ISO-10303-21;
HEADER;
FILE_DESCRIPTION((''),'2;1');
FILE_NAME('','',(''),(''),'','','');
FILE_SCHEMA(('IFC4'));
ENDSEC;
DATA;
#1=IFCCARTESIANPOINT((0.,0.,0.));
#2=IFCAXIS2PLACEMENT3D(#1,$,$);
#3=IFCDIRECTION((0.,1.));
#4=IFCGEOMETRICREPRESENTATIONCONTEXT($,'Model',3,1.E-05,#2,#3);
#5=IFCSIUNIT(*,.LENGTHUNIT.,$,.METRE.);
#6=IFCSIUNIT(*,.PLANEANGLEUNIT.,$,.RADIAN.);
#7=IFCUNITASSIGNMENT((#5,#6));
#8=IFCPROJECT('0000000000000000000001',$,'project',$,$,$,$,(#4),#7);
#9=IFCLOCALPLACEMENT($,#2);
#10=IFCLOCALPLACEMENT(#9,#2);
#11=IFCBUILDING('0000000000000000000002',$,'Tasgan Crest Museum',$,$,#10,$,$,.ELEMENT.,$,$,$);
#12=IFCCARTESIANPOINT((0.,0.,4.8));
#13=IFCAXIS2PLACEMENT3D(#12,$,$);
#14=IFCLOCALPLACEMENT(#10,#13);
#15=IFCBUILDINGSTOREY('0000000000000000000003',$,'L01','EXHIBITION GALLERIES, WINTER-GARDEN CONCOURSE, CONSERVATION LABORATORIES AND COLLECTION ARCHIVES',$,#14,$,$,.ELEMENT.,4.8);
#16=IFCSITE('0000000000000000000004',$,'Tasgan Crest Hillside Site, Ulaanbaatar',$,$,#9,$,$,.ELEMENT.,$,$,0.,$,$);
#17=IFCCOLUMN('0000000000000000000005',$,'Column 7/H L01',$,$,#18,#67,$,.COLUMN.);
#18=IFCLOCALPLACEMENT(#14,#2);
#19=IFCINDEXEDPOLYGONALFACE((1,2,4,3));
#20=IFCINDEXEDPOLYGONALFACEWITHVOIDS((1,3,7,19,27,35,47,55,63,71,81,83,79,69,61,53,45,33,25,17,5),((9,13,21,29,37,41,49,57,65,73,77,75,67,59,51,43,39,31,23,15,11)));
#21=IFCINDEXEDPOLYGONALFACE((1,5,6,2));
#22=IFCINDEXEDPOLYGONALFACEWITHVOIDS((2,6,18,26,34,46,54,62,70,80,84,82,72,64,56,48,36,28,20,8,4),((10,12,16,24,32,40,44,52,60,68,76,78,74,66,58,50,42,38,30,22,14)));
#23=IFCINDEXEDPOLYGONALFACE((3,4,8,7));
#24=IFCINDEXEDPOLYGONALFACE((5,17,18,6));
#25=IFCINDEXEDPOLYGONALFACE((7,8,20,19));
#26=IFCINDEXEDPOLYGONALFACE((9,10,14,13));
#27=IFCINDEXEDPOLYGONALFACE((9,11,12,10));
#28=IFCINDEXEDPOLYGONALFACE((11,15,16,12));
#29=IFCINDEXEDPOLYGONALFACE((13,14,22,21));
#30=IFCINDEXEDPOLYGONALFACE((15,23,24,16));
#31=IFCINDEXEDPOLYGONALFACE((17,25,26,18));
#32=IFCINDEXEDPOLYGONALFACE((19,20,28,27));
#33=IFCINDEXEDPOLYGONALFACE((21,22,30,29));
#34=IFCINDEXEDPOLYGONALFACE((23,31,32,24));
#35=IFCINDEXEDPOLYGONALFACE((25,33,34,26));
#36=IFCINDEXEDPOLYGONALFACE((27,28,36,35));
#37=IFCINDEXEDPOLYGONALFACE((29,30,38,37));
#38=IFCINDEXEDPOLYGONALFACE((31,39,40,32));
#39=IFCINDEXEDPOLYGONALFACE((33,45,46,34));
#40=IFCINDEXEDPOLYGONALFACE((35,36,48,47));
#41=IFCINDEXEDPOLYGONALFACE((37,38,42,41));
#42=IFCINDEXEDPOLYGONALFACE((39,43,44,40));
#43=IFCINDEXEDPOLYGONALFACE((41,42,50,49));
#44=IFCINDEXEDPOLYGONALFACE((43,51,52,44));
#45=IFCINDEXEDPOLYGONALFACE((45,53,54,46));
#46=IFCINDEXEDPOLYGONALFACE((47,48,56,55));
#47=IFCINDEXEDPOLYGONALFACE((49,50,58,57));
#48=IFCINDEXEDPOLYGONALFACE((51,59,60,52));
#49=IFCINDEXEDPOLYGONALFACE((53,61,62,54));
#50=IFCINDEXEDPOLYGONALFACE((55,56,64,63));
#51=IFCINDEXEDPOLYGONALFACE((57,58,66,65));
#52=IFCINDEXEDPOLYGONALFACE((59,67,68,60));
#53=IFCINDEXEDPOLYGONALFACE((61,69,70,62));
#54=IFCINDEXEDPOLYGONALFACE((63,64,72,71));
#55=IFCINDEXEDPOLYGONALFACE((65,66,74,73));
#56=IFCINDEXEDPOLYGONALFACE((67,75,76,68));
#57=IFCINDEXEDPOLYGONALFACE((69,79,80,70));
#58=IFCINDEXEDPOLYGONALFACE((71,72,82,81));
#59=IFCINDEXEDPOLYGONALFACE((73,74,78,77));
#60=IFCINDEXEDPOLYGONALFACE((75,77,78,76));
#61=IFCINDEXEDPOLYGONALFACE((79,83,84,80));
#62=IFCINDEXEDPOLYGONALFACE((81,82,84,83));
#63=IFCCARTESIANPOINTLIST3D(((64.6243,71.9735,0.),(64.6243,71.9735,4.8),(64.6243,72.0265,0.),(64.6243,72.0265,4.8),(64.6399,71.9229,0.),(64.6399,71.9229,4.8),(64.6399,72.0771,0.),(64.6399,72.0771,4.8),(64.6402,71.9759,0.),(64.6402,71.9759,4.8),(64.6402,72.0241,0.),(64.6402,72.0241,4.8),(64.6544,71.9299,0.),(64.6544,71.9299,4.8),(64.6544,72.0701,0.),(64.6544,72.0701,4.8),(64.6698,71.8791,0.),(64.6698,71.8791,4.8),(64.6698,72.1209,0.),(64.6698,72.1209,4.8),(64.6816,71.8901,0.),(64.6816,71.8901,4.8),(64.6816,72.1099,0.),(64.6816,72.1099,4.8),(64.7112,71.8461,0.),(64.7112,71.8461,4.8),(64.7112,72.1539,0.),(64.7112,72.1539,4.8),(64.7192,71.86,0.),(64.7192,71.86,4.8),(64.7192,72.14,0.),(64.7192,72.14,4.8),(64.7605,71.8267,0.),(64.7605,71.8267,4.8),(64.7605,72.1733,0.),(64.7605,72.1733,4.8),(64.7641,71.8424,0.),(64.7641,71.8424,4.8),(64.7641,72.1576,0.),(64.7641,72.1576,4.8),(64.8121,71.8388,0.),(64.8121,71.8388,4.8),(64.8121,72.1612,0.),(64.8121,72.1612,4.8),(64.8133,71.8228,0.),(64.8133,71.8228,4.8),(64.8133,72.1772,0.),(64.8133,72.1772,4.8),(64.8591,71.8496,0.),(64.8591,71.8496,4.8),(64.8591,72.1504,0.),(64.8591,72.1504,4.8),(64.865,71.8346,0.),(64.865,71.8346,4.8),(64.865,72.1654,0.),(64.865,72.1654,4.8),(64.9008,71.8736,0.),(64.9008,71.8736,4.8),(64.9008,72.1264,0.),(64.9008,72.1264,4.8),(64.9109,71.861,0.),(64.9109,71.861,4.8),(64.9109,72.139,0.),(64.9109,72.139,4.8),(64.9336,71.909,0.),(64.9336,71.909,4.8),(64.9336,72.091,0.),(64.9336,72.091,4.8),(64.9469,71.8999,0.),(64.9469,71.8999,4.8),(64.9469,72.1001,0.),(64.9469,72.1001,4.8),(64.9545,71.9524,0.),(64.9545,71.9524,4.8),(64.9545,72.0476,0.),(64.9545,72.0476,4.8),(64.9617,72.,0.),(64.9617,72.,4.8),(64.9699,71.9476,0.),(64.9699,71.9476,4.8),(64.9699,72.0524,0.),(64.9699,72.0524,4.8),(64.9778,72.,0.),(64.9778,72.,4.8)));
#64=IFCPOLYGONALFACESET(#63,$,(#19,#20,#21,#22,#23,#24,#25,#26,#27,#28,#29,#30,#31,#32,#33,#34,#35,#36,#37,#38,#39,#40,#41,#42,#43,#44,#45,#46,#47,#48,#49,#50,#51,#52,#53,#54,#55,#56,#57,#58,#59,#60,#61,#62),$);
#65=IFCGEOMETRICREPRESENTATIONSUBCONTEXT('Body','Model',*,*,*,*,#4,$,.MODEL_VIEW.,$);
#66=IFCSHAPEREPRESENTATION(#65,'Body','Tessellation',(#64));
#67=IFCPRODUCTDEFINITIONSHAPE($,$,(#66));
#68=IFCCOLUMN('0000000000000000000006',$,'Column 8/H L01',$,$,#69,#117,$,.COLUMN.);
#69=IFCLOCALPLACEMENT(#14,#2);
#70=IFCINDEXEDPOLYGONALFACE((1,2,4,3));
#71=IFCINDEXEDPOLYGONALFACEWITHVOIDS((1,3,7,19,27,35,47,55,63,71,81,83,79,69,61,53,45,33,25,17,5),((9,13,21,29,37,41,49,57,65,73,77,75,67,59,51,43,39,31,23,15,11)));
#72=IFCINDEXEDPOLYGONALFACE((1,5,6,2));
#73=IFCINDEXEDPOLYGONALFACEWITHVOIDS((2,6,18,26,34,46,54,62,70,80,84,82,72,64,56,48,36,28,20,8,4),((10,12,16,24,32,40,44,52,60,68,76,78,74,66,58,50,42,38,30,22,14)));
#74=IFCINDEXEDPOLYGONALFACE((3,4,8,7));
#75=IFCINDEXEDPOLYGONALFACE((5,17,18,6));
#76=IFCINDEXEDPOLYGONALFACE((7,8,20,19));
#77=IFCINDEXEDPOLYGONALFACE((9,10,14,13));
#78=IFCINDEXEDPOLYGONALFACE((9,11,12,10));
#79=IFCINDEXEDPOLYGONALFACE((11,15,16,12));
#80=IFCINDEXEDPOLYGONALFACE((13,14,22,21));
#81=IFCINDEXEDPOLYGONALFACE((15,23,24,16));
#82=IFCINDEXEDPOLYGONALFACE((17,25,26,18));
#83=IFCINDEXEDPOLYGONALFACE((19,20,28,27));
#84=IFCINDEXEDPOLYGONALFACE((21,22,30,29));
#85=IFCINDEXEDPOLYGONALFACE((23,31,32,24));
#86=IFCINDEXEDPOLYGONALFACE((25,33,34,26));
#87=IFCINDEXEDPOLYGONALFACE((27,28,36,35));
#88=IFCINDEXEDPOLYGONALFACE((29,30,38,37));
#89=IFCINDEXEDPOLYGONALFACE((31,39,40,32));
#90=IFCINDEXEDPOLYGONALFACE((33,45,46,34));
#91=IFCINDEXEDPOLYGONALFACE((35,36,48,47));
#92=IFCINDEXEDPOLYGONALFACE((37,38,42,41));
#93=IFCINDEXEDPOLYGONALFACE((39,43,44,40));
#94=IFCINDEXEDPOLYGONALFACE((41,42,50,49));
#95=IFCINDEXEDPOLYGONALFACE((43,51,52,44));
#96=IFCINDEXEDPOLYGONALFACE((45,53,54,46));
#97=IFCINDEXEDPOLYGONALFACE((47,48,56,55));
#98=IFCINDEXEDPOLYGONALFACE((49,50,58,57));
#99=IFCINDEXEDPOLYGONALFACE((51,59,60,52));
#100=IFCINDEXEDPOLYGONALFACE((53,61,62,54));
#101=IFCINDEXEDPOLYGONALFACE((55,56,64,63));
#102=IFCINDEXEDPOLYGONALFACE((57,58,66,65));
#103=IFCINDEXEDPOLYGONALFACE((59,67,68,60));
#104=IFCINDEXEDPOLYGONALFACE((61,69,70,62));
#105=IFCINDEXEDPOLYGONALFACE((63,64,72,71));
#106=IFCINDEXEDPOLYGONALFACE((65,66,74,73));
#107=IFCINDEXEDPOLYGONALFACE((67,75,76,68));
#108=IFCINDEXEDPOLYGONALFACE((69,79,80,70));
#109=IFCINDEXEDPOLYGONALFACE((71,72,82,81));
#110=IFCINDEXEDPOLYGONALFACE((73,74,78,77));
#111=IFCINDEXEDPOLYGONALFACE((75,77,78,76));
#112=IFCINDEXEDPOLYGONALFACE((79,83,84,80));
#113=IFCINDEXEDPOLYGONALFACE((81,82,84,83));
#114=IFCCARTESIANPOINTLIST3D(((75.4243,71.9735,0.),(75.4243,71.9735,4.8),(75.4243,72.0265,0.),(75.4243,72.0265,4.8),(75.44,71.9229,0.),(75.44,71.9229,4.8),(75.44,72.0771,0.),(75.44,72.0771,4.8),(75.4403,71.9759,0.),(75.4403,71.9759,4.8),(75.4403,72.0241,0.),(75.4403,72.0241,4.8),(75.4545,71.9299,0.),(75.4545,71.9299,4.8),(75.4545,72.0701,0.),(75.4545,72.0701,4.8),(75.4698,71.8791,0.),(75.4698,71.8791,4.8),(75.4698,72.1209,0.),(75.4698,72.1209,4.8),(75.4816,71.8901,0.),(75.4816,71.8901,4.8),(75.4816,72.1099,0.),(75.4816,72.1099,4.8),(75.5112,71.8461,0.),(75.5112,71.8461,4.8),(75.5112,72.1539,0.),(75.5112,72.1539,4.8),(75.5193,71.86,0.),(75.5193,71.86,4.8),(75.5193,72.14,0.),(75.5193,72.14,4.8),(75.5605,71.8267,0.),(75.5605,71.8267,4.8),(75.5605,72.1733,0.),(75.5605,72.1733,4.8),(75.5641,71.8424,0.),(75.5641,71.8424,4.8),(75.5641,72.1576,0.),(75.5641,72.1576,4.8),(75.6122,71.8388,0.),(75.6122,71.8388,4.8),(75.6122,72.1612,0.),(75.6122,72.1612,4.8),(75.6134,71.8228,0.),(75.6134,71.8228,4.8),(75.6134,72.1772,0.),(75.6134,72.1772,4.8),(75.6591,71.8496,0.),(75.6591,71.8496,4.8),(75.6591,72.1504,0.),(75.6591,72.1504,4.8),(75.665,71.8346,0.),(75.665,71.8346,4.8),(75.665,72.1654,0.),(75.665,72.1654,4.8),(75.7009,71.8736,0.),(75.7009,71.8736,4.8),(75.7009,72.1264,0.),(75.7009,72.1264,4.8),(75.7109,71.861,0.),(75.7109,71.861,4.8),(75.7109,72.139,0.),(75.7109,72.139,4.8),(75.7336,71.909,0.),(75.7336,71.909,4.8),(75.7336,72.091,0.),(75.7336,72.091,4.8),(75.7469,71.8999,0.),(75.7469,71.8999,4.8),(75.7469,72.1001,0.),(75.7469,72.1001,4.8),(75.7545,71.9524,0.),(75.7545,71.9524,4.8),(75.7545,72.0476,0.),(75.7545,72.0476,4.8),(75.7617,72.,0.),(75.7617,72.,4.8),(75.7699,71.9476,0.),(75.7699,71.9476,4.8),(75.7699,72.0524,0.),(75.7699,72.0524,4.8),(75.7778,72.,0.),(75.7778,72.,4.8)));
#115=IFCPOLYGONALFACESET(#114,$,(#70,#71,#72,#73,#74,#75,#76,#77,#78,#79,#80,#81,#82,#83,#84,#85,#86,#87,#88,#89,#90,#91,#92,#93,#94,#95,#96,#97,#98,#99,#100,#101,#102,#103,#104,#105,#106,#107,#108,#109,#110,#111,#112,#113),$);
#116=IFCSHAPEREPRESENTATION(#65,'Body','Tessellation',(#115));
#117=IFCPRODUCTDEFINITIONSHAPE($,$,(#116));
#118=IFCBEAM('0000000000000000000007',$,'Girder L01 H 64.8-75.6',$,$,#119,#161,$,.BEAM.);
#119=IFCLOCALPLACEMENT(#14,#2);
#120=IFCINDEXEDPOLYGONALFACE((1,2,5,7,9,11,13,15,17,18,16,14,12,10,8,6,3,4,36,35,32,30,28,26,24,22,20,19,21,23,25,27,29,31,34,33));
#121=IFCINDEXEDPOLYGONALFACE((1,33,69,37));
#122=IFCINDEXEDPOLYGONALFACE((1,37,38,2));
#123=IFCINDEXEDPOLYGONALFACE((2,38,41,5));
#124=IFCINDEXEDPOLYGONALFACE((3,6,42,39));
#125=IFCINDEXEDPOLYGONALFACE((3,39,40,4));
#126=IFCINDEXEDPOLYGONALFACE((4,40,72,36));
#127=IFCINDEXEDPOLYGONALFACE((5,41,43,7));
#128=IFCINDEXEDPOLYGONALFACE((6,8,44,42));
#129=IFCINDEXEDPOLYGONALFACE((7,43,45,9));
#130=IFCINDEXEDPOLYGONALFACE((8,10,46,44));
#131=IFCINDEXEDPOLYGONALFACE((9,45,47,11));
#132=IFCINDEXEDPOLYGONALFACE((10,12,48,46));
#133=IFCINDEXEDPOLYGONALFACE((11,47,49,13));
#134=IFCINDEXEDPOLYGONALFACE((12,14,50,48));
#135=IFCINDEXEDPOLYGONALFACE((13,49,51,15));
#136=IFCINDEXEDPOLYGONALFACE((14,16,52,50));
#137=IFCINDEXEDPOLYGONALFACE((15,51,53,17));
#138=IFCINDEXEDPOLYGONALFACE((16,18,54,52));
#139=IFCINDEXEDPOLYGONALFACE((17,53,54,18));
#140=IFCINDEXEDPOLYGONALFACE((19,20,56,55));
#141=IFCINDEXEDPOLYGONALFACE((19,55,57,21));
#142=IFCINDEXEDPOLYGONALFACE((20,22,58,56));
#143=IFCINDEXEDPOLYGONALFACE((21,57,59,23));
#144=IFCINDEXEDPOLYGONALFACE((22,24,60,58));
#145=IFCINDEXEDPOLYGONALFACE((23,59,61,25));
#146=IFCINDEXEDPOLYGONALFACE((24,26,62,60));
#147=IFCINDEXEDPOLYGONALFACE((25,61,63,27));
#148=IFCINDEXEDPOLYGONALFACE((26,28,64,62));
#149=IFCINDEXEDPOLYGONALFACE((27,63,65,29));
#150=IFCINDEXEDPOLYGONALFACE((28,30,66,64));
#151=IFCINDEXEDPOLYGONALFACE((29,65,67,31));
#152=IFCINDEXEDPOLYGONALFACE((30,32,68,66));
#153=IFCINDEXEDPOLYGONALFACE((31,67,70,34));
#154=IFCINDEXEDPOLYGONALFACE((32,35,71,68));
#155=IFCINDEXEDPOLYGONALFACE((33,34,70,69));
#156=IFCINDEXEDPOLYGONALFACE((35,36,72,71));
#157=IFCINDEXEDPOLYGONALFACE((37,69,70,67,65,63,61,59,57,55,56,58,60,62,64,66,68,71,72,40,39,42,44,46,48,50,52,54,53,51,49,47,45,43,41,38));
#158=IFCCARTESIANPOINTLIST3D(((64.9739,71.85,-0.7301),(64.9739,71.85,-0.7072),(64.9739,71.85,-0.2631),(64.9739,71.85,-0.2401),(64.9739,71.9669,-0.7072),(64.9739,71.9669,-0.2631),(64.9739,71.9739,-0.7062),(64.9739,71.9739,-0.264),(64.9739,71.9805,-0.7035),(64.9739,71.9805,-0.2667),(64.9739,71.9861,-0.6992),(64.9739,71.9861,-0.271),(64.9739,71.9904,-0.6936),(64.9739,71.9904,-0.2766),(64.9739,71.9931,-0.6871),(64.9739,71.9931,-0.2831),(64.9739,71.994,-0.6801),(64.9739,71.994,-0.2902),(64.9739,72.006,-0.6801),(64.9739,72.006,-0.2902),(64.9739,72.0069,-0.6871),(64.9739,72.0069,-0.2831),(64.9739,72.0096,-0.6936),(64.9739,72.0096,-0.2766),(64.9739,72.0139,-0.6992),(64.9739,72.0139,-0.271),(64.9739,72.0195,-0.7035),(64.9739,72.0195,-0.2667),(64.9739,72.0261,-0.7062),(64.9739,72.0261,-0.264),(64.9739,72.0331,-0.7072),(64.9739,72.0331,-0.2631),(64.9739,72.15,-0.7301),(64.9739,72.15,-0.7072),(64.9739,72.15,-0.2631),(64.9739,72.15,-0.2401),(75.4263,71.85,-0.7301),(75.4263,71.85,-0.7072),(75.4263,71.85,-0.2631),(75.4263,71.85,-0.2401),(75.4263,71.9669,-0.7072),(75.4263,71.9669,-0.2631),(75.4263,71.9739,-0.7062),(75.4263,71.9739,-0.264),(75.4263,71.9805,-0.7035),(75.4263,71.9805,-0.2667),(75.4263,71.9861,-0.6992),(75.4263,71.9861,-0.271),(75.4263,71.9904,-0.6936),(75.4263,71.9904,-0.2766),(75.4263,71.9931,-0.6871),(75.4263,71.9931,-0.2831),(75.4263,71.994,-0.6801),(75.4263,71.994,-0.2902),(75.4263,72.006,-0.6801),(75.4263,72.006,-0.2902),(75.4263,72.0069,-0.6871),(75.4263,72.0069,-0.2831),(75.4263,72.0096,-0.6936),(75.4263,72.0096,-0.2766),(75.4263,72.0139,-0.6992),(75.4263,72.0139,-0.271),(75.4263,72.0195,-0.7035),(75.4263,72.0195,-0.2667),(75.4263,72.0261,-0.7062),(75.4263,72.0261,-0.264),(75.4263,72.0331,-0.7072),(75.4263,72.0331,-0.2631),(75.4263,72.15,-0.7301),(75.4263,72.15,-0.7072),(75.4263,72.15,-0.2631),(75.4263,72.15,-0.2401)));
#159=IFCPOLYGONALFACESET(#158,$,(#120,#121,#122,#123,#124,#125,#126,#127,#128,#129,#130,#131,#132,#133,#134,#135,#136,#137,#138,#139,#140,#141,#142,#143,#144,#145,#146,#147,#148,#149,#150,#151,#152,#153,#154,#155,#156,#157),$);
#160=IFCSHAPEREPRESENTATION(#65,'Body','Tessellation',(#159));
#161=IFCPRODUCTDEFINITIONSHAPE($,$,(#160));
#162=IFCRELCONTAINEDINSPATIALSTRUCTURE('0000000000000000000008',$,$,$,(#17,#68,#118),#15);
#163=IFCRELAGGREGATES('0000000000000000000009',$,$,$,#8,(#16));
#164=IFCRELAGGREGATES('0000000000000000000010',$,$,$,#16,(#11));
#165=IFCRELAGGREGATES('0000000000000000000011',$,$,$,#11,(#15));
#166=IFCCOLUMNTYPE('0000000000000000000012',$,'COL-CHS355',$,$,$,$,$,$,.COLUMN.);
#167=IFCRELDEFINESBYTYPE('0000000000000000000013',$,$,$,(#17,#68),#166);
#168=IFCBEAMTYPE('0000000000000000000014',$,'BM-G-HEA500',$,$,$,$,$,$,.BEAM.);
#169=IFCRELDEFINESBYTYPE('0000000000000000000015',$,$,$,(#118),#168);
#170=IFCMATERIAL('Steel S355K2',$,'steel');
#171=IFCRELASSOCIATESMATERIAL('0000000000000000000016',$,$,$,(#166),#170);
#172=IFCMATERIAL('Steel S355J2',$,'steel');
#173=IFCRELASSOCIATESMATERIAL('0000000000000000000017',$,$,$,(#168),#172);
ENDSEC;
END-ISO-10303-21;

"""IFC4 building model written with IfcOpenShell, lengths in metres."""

from ifc_helpers import new_model, si_unit, direction, frame, origin, origin_2d, place, context, subcontext, project, spatial, hollow_circle, i_section, extrude, material, material_profile, profile_set, type_object, element, save


model = new_model("IFC4")

# Units and contexts
model_context = context("Model", 3, precision=1e-05, world=origin(), true_north=direction((0.0, 1.0)))
body_context = subcontext(model_context, "Body", "Model", "MODEL_VIEW")
ifc_project = project(units=[si_unit("LENGTHUNIT", "METRE"), si_unit("PLANEANGLEUNIT", "RADIAN")], contexts=[model_context])

# Site, building, storey
site_placement = place(None, origin())
site = spatial("IfcSite", under=ifc_project, at=site_placement, Name="Tasgan Crest Hillside Site, Ulaanbaatar", CompositionType="ELEMENT", RefElevation=0.0)
building_placement = place(site_placement, origin())
building = spatial("IfcBuilding", under=site, at=building_placement, Name="Tasgan Crest Museum", CompositionType="ELEMENT")
storey_placement = place(building_placement, frame((0.0, 0.0, 4.8)))
storey = spatial("IfcBuildingStorey", under=building, at=storey_placement, Name="L01", Description="EXHIBITION GALLERIES, WINTER-GARDEN CONCOURSE, CONSERVATION LABORATORIES AND COLLECTION ARCHIVES", CompositionType="ELEMENT", Elevation=4.8)

# Columns
ifc_material_1 = material(Name="Steel S355K2", Category="steel")
ifc_material_profile_1 = material_profile(ifc_material_1, hollow_circle(Radius=0.1777, WallThickness=0.0161, at=origin_2d()), Name="CHS 355.6x16")
ifc_profile_set_1 = profile_set([ifc_material_profile_1], Name="Steel S355K2")
column_type = type_object("IfcColumnType", Name="COL-CHS355", PredefinedType="COLUMN", material=ifc_profile_set_1)
for number, where, z_axis, x_axis, name in (
    (1, (64.8, 72.0, 0.0), (0.0, 0.0, 1.0), (1.0, 0.0, 0.0), "Column 7/H L01"),
    (2, (75.6001, 72.0, 0.0), (0.0, 0.0, 1.0), (1.0, 0.0, 0.0), "Column 8/H L01"),
):
    element("IfcColumn", number, at=place(storey_placement, frame(where, z_axis=z_axis, x_axis=x_axis)), inside=storey, type_object=column_type, Name=name, PredefinedType="COLUMN", context=body_context, shape_type="SweptSolid", body=[
        extrude(hollow_circle(Radius=0.1777, WallThickness=0.0161, at=origin_2d()), origin(), (0.0, 0.0, 1.0), 4.8),
    ])

# Beam
ifc_material_2 = material(Name="Steel S355J2", Category="steel")
ifc_material_profile_2 = material_profile(ifc_material_2, i_section(OverallWidth=0.3, OverallDepth=0.49, WebThickness=0.012, FlangeThickness=0.0229, FilletRadius=0.0271, at=origin_2d()), Name="HEA 500")
ifc_profile_set_2 = profile_set([ifc_material_profile_2], Name="Steel S355J2")
beam_type_1 = type_object("IfcBeamType", Name="BM-G-HEA500", PredefinedType="BEAM", material=ifc_profile_set_2)
beam_1_placement = place(storey_placement, frame((64.9739, 72.0, -0.4851), z_axis=(1.0, 0.0, 0.0), x_axis=(0.0, 1.0, 0.0)))
element("IfcBeam", 3, at=beam_1_placement, inside=storey, type_object=beam_type_1, Name="Girder L01 H 64.8-75.6", PredefinedType="BEAM", context=body_context, shape_type="SweptSolid", body=[
    extrude(i_section(OverallWidth=0.3, OverallDepth=0.49, WebThickness=0.012, FlangeThickness=0.0229, FilletRadius=0.0271, at=origin_2d()), origin(), (0.0, 0.0, 1.0), 10.4524),
])

save(model, "model.ifc")
